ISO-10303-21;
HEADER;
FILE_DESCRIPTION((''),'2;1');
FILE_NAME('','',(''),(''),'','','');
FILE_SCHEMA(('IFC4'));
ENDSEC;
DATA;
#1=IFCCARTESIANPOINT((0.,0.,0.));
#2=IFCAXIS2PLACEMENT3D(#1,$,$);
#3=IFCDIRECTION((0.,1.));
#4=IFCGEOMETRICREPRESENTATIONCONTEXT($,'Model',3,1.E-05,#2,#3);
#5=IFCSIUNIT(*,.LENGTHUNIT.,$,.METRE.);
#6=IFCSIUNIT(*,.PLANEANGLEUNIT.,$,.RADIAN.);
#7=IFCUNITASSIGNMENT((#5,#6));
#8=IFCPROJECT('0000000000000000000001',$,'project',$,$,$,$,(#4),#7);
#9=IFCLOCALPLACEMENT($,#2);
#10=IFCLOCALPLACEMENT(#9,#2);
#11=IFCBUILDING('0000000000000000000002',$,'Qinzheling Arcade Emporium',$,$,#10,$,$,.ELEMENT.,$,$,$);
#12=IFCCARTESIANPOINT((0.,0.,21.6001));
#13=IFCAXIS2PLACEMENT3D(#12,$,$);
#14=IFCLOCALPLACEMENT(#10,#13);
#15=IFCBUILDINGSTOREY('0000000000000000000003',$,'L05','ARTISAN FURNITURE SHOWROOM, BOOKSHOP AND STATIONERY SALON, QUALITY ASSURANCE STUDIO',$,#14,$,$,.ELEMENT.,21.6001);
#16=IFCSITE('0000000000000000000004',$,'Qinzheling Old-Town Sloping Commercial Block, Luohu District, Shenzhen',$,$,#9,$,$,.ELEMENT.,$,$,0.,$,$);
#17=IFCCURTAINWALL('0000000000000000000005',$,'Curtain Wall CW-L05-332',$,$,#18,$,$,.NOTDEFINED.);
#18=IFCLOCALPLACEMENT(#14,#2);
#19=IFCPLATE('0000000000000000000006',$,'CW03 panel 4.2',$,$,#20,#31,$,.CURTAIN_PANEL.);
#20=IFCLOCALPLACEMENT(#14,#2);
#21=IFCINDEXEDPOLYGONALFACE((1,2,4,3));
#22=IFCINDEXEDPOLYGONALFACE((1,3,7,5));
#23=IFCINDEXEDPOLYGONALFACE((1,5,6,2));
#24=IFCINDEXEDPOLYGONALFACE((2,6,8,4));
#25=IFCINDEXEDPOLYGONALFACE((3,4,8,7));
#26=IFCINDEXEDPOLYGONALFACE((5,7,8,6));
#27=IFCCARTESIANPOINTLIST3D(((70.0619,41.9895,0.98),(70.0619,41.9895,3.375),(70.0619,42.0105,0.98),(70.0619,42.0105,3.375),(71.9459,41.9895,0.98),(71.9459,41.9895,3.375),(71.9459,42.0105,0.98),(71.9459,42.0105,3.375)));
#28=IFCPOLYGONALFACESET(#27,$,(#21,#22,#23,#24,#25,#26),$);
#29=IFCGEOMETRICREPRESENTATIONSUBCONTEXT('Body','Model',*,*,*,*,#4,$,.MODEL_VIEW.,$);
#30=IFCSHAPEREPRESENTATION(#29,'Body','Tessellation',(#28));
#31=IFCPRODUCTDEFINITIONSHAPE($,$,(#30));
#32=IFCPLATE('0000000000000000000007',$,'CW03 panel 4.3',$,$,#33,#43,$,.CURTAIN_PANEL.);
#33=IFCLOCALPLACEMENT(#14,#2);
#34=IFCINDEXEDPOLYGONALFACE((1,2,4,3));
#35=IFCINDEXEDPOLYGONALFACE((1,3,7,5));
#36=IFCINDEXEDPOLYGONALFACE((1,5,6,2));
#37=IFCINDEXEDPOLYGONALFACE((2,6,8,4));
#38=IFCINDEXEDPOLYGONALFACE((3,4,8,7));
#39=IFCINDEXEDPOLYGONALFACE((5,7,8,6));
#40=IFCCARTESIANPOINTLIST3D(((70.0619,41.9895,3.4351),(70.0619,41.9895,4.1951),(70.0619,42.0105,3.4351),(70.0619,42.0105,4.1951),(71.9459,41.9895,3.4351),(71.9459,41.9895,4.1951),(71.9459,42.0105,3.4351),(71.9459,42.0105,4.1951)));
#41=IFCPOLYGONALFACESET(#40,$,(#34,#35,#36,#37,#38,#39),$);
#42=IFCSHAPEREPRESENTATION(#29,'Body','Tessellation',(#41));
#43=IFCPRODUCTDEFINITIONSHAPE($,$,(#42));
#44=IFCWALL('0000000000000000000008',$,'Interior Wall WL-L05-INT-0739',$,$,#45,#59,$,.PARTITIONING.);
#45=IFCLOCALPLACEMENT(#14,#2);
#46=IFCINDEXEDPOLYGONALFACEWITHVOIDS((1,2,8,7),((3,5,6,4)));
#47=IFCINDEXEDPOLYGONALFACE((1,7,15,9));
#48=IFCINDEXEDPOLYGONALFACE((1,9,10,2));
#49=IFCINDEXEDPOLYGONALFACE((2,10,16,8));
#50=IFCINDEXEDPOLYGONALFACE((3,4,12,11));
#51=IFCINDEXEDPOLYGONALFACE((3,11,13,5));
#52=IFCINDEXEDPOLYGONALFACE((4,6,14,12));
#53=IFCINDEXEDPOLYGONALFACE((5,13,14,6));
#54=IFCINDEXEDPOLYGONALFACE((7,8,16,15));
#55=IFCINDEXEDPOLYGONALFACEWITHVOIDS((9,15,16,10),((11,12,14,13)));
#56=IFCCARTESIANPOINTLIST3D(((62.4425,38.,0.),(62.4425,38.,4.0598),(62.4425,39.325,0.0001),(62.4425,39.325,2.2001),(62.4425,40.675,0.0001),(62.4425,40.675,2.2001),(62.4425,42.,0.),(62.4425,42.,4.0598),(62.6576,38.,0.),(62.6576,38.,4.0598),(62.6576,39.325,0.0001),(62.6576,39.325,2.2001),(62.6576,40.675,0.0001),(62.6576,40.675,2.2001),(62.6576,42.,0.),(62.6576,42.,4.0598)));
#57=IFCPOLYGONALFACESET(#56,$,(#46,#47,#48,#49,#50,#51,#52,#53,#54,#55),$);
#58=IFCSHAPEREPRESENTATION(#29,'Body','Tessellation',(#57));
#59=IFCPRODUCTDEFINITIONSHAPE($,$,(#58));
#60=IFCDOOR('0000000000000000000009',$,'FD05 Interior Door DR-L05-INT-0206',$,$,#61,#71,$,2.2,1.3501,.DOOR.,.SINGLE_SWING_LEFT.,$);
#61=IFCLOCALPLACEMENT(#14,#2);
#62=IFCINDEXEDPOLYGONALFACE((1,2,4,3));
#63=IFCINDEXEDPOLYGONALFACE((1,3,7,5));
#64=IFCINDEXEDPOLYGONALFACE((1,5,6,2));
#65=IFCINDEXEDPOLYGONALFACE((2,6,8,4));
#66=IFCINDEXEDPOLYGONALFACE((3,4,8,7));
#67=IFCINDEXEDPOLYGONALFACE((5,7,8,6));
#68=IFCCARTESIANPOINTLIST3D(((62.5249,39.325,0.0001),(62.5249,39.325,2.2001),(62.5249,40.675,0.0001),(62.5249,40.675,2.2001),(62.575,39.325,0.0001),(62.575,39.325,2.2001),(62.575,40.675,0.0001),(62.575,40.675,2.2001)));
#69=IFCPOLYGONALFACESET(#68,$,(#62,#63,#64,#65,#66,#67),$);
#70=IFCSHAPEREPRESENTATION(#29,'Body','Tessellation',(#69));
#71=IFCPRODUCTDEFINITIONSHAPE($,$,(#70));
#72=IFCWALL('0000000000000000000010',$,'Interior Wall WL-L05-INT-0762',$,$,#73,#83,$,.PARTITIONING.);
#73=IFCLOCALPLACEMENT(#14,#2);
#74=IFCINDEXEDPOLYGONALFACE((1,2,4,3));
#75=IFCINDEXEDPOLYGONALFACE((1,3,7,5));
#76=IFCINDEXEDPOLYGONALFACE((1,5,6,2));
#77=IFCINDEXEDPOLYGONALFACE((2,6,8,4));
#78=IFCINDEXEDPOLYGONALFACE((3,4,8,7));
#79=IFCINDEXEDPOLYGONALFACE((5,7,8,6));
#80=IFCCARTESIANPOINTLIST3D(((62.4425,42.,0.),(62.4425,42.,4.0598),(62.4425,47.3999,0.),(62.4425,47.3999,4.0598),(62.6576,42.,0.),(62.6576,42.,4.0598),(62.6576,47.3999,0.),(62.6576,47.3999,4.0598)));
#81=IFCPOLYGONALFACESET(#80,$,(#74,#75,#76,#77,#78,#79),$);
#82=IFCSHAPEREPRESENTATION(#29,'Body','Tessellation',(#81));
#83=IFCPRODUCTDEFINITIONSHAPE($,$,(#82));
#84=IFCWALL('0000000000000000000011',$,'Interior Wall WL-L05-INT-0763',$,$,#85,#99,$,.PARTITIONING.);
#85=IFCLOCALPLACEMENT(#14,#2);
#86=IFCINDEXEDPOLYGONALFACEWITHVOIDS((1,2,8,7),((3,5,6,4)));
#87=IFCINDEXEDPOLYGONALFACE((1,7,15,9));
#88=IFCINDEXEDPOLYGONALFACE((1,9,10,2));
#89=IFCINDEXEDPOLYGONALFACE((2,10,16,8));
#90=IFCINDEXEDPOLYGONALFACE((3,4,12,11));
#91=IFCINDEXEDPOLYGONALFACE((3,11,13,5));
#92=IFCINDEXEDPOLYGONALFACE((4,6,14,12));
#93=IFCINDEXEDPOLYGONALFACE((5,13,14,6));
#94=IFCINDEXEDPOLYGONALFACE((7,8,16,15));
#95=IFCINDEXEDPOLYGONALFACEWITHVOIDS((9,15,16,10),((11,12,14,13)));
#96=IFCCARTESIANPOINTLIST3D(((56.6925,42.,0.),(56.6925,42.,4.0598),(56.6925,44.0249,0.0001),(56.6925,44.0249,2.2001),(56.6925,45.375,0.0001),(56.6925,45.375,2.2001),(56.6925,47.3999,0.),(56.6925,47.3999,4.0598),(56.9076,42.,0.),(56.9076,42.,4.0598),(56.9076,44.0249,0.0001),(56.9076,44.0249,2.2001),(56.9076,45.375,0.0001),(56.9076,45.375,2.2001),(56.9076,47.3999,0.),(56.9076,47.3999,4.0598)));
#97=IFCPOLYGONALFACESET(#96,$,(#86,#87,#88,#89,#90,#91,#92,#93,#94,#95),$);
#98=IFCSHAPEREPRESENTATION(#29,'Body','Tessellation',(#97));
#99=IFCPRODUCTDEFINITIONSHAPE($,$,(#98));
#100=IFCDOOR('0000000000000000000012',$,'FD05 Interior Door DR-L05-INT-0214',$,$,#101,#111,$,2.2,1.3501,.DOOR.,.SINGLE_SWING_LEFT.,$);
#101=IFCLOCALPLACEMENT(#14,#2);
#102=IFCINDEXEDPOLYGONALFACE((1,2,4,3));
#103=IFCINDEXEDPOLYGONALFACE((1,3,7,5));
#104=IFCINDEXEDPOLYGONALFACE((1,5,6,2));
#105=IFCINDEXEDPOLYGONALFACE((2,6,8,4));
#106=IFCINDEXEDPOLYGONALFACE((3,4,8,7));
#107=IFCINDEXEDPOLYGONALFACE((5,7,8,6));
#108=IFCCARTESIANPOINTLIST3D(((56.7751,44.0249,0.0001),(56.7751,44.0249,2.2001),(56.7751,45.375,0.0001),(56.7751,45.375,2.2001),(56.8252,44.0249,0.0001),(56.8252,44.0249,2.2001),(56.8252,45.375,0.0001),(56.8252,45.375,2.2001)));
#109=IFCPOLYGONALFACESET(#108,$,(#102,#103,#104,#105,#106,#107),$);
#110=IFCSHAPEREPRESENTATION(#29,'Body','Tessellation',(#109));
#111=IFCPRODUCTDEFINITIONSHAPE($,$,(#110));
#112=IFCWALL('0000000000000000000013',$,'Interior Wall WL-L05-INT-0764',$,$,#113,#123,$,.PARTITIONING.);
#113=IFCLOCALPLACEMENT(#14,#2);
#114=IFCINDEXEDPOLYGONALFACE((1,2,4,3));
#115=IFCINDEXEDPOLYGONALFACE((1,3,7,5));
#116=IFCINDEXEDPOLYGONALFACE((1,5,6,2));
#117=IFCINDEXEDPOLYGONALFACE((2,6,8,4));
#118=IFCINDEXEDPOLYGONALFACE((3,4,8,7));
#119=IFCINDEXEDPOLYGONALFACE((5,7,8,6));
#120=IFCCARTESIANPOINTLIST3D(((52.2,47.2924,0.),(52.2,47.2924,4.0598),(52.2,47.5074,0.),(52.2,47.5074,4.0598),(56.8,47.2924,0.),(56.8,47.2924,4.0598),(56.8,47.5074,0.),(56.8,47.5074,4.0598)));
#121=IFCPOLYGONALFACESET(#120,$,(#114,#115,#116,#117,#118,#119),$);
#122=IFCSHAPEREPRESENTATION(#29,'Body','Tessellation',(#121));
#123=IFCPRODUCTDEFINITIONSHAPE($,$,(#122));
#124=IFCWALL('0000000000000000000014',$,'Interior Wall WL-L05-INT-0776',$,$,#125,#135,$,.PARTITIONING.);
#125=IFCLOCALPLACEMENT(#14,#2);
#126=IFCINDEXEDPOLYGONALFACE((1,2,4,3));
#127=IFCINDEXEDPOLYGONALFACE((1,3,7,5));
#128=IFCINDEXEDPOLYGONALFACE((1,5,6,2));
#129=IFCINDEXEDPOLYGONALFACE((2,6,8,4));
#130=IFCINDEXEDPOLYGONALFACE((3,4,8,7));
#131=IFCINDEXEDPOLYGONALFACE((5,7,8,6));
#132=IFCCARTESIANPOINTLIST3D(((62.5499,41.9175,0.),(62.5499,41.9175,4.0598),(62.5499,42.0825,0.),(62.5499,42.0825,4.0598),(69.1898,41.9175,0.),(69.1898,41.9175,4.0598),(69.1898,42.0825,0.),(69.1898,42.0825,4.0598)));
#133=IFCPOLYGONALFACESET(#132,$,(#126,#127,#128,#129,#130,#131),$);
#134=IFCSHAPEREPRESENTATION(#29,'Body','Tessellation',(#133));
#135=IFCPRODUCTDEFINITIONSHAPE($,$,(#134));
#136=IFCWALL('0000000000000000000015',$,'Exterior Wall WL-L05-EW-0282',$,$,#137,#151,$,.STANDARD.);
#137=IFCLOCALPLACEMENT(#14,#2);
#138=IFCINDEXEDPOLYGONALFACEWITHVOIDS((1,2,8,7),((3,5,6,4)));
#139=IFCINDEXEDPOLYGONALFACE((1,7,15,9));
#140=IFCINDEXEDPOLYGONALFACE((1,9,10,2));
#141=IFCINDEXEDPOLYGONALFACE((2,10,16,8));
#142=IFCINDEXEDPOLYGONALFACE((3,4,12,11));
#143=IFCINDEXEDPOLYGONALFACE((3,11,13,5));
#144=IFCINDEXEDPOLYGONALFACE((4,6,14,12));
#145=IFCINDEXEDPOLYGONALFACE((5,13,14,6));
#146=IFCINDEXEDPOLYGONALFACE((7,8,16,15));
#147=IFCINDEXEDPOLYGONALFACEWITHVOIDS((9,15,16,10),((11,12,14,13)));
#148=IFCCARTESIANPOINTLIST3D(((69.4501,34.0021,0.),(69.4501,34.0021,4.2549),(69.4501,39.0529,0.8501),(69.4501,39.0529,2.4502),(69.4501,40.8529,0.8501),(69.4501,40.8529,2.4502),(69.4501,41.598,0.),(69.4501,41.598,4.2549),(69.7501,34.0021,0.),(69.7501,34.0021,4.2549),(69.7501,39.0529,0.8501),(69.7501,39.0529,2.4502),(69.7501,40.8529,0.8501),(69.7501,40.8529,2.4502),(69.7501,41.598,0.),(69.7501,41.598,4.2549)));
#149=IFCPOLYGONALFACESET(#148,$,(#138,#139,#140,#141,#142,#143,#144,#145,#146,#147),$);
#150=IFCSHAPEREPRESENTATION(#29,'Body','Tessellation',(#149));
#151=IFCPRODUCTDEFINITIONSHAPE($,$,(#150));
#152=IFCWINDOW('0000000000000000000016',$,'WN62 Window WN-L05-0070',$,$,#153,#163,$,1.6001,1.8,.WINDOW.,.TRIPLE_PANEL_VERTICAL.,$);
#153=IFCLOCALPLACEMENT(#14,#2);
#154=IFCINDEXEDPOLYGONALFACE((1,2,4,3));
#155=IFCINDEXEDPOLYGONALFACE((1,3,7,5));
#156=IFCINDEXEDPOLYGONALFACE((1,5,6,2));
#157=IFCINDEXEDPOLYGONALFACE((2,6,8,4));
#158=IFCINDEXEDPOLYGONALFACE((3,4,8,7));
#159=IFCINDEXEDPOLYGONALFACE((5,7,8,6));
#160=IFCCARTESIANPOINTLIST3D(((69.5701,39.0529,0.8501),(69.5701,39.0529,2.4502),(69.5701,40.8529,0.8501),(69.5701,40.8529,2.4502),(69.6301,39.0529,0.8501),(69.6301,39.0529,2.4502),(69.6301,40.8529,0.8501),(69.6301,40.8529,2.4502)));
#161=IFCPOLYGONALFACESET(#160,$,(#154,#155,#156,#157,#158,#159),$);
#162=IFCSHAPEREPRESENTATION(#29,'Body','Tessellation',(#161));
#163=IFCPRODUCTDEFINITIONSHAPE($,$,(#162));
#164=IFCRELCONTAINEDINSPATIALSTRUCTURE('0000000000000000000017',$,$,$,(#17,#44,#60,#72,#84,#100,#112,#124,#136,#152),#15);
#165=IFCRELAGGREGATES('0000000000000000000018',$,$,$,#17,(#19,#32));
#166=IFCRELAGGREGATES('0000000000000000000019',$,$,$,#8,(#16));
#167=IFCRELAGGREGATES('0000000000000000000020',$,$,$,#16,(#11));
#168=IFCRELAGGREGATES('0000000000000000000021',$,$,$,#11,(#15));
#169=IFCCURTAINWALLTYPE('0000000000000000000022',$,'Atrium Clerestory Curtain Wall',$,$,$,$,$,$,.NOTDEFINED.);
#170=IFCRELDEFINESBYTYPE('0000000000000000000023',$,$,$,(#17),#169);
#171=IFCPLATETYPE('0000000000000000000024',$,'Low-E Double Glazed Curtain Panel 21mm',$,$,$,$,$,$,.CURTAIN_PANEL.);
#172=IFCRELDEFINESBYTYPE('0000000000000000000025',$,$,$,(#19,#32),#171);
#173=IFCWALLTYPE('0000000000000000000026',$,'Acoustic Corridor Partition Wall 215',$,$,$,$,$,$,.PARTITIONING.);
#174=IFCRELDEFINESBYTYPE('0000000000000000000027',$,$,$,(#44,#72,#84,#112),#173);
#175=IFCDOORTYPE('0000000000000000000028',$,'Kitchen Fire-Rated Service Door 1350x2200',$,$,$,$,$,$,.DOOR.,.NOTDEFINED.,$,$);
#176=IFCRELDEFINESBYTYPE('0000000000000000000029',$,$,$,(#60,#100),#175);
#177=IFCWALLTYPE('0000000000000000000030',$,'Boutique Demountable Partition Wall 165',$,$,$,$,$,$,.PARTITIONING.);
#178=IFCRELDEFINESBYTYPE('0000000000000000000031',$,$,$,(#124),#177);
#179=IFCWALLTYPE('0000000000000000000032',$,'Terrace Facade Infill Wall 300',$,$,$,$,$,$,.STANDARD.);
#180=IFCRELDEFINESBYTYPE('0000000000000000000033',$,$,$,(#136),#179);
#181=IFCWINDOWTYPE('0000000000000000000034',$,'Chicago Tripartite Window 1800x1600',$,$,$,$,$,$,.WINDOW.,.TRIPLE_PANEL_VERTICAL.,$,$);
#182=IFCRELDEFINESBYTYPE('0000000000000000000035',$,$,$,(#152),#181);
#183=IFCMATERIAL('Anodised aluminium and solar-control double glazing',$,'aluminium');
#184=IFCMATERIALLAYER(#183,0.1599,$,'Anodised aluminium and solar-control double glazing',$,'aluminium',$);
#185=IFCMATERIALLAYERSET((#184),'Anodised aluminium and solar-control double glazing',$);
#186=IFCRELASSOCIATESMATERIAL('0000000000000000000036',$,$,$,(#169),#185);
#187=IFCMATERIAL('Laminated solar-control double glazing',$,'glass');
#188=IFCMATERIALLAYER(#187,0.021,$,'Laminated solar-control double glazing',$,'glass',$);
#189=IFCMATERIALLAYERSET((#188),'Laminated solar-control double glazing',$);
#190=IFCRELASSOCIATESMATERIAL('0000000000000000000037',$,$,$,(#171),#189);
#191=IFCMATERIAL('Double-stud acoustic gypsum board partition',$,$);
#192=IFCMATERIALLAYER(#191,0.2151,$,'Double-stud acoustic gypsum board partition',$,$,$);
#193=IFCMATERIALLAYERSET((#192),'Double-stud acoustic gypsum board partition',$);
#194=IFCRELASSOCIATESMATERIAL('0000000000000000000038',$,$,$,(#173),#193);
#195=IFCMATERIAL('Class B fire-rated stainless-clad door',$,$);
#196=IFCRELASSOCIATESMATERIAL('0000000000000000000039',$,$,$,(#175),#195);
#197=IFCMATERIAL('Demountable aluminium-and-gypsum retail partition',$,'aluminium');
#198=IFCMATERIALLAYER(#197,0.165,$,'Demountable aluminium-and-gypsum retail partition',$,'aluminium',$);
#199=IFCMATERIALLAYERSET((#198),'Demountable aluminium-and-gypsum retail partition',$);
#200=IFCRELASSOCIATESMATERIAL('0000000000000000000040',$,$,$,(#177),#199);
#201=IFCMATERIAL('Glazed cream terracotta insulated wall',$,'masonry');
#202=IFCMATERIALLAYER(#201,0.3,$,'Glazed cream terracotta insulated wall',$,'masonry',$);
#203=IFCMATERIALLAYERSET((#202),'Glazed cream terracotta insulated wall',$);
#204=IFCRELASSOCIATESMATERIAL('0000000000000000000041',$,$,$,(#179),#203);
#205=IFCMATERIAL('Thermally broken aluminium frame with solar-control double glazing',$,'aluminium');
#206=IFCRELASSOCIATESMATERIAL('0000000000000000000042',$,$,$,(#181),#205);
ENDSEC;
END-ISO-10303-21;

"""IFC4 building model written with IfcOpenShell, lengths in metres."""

from ifc_helpers import new_model, si_unit, direction, frame, frame_2d, origin, origin_2d, place, context, subcontext, project, spatial, rectangle, extrude, material, layer, layer_set, type_object, element, fill, aggregate, save


model = new_model("IFC4")

# Units and contexts
model_context = context("Model", 3, precision=1e-05, world=origin(), true_north=direction((0.0, 1.0)))
body_context = subcontext(model_context, "Body", "Model", "MODEL_VIEW")
ifc_project = project(units=[si_unit("LENGTHUNIT", "METRE"), si_unit("PLANEANGLEUNIT", "RADIAN")], contexts=[model_context])

# Site, building, storey
site_placement = place(None, origin())
site = spatial("IfcSite", under=ifc_project, at=site_placement, Name="Qinzheling Old-Town Sloping Commercial Block, Luohu District, Shenzhen", CompositionType="ELEMENT", RefElevation=0.0)
building_placement = place(site_placement, origin())
building = spatial("IfcBuilding", under=site, at=building_placement, Name="Qinzheling Arcade Emporium", CompositionType="ELEMENT")
storey_placement = place(building_placement, frame((0.0, 0.0, 21.6001)))
storey = spatial("IfcBuildingStorey", under=building, at=storey_placement, Name="L05", Description="ARTISAN FURNITURE SHOWROOM, BOOKSHOP AND STATIONERY SALON, QUALITY ASSURANCE STUDIO", CompositionType="ELEMENT", Elevation=21.6001)

# Curtain wall
ifc_material_1 = material(Name="Anodised aluminium and solar-control double glazing", Category="aluminium")
ifc_layer_1 = layer(ifc_material_1, 0.1599, Name="Anodised aluminium and solar-control double glazing", Category="aluminium")
ifc_layer_set_1 = layer_set([ifc_layer_1], Name="Anodised aluminium and solar-control double glazing")
curtain_wall_type = type_object("IfcCurtainWallType", Name="Atrium Clerestory Curtain Wall", PredefinedType="NOTDEFINED", material=ifc_layer_set_1)
curtain_wall_placement = place(storey_placement, origin())
curtain_wall = element("IfcCurtainWall", 1, at=curtain_wall_placement, inside=storey, type_object=curtain_wall_type, Name="Curtain Wall CW-L05-332", PredefinedType="NOTDEFINED")

# Plates
ifc_material_2 = material(Name="Laminated solar-control double glazing", Category="glass")
ifc_layer_2 = layer(ifc_material_2, 0.021, Name="Laminated solar-control double glazing", Category="glass")
ifc_layer_set_2 = layer_set([ifc_layer_2], Name="Laminated solar-control double glazing")
plate_type = type_object("IfcPlateType", Name="Low-E Double Glazed Curtain Panel 21mm", PredefinedType="CURTAIN_PANEL", material=ifc_layer_set_2)
plate_1_placement = place(storey_placement, frame((71.0039, 42.0, 0.98), z_axis=(0.0, 0.0, 1.0), x_axis=(-1.0, 0.0, 0.0)))
plate_1 = element("IfcPlate", 2, at=plate_1_placement, type_object=plate_type, Name="CW03 panel 4.2", PredefinedType="CURTAIN_PANEL", context=body_context, shape_type="SweptSolid", body=[
    extrude(rectangle(XDim=1.884, YDim=0.021, at=origin_2d()), origin(), (0.0, 0.0, 1.0), 2.395),
])
plate_2_placement = place(storey_placement, frame((71.0039, 42.0, 3.4351), z_axis=(0.0, 0.0, 1.0), x_axis=(-1.0, 0.0, 0.0)))
plate_2 = element("IfcPlate", 3, at=plate_2_placement, type_object=plate_type, Name="CW03 panel 4.3", PredefinedType="CURTAIN_PANEL", context=body_context, shape_type="SweptSolid", body=[
    extrude(rectangle(XDim=1.884, YDim=0.021, at=origin_2d()), origin(), (0.0, 0.0, 1.0), 0.76),
])
aggregate(curtain_wall, [plate_1, plate_2])

# Wall, opening, door
ifc_material_3 = material(Name="Double-stud acoustic gypsum board partition")
ifc_layer_3 = layer(ifc_material_3, 0.2151, Name="Double-stud acoustic gypsum board partition")
ifc_layer_set_3 = layer_set([ifc_layer_3], Name="Double-stud acoustic gypsum board partition")
wall_type_1 = type_object("IfcWallType", Name="Acoustic Corridor Partition Wall 215", PredefinedType="PARTITIONING", material=ifc_layer_set_3)
wall_1_placement = place(storey_placement, frame((62.55, 42.0, 0.0), z_axis=(0.0, 0.0, 1.0), x_axis=(0.0, -1.0, 0.0)))
wall_1 = element("IfcWall", 4, at=wall_1_placement, inside=storey, type_object=wall_type_1, Name="Interior Wall WL-L05-INT-0739", PredefinedType="PARTITIONING", context=body_context, shape_type="SweptSolid", body=[
    extrude(rectangle(XDim=4.0, YDim=0.2151, at=frame_2d((2.0, 0.0))), origin(), (0.0, 0.0, 1.0), 4.0598),
])
opening_1_placement = place(wall_1_placement, frame((1.325, 0.0, 0.0)))
opening_1 = element("IfcOpeningElement", 5, at=opening_1_placement, cuts=wall_1, PredefinedType="OPENING", context=body_context, shape_type="SweptSolid", body=[
    extrude(rectangle(XDim=1.3501, YDim=2.2, at=frame_2d((0.675, 1.1001))), frame((0.0, 0.1177, 0.0), z_axis=(0.0, -1.0, 0.0), x_axis=(1.0, 0.0, 0.0)), (0.0, 0.0, 1.0), 0.2351),
])
ifc_material_4 = material(Name="Class B fire-rated stainless-clad door")
door_type = type_object("IfcDoorType", Name="Kitchen Fire-Rated Service Door 1350x2200", OperationType="NOTDEFINED", PredefinedType="DOOR", material=ifc_material_4)
door_1_placement = place(opening_1_placement, origin())
door_1 = element("IfcDoor", 6, at=door_1_placement, inside=storey, type_object=door_type, Name="FD05 Interior Door DR-L05-INT-0206", OperationType="SINGLE_SWING_LEFT", OverallHeight=2.2, OverallWidth=1.3501, PredefinedType="DOOR", context=body_context, shape_type="SweptSolid", body=[
    extrude(rectangle(XDim=1.3501, YDim=2.2, at=frame_2d((0.675, 1.1001))), frame((0.0, 0.0249, 0.0), z_axis=(0.0, -1.0, 0.0), x_axis=(1.0, 0.0, 0.0)), (0.0, 0.0, 1.0), 0.05),
])
fill(opening_1, door_1)

# Wall
wall_2_placement = place(storey_placement, frame((62.55, 47.3999, 0.0), z_axis=(0.0, 0.0, 1.0), x_axis=(0.0, -1.0, 0.0)))
element("IfcWall", 7, at=wall_2_placement, inside=storey, type_object=wall_type_1, Name="Interior Wall WL-L05-INT-0762", PredefinedType="PARTITIONING", context=body_context, shape_type="SweptSolid", body=[
    extrude(rectangle(XDim=5.3999, YDim=0.2151, at=frame_2d((2.7, 0.0))), origin(), (0.0, 0.0, 1.0), 4.0598),
])

# Wall, opening, door
wall_3_placement = place(storey_placement, frame((56.8, 42.0, 0.0), z_axis=(0.0, 0.0, 1.0), x_axis=(0.0, 1.0, 0.0)))
wall_3 = element("IfcWall", 8, at=wall_3_placement, inside=storey, type_object=wall_type_1, Name="Interior Wall WL-L05-INT-0763", PredefinedType="PARTITIONING", context=body_context, shape_type="SweptSolid", body=[
    extrude(rectangle(XDim=5.3999, YDim=0.2151, at=frame_2d((2.7, 0.0))), origin(), (0.0, 0.0, 1.0), 4.0598),
])
opening_2_placement = place(wall_3_placement, frame((2.0249, 0.0, 0.0)))
opening_2 = element("IfcOpeningElement", 9, at=opening_2_placement, cuts=wall_3, PredefinedType="OPENING", context=body_context, shape_type="SweptSolid", body=[
    extrude(rectangle(XDim=1.3501, YDim=2.2, at=frame_2d((0.675, 1.1001))), frame((0.0, 0.1177, 0.0), z_axis=(0.0, -1.0, 0.0), x_axis=(1.0, 0.0, 0.0)), (0.0, 0.0, 1.0), 0.2351),
])
door_2_placement = place(opening_2_placement, origin())
door_2 = element("IfcDoor", 10, at=door_2_placement, inside=storey, type_object=door_type, Name="FD05 Interior Door DR-L05-INT-0214", OperationType="SINGLE_SWING_LEFT", OverallHeight=2.2, OverallWidth=1.3501, PredefinedType="DOOR", context=body_context, shape_type="SweptSolid", body=[
    extrude(rectangle(XDim=1.3501, YDim=2.2, at=frame_2d((0.675, 1.1001))), frame((0.0, 0.0249, 0.0), z_axis=(0.0, -1.0, 0.0), x_axis=(1.0, 0.0, 0.0)), (0.0, 0.0, 1.0), 0.05),
])
fill(opening_2, door_2)

# Walls
wall_4_placement = place(storey_placement, frame((56.8, 47.3999, 0.0), z_axis=(0.0, 0.0, 1.0), x_axis=(-1.0, 0.0, 0.0)))
element("IfcWall", 11, at=wall_4_placement, inside=storey, type_object=wall_type_1, Name="Interior Wall WL-L05-INT-0764", PredefinedType="PARTITIONING", context=body_context, shape_type="SweptSolid", body=[
    extrude(rectangle(XDim=4.6001, YDim=0.2151, at=frame_2d((2.3, 0.0))), origin(), (0.0, 0.0, 1.0), 4.0598),
])
ifc_material_5 = material(Name="Demountable aluminium-and-gypsum retail partition", Category="aluminium")
ifc_layer_4 = layer(ifc_material_5, 0.165, Name="Demountable aluminium-and-gypsum retail partition", Category="aluminium")
ifc_layer_set_4 = layer_set([ifc_layer_4], Name="Demountable aluminium-and-gypsum retail partition")
wall_type_2 = type_object("IfcWallType", Name="Boutique Demountable Partition Wall 165", PredefinedType="PARTITIONING", material=ifc_layer_set_4)
wall_5_placement = place(storey_placement, frame((62.55, 42.0, 0.0), z_axis=(0.0, 0.0, 1.0), x_axis=(1.0, 0.0, 0.0)))
element("IfcWall", 12, at=wall_5_placement, inside=storey, type_object=wall_type_2, Name="Interior Wall WL-L05-INT-0776", PredefinedType="PARTITIONING", context=body_context, shape_type="SweptSolid", body=[
    extrude(rectangle(XDim=6.6399, YDim=0.165, at=frame_2d((3.3198, 0.0))), origin(), (0.0, 0.0, 1.0), 4.0598),
])

# Wall, opening, window
ifc_material_6 = material(Name="Glazed cream terracotta insulated wall", Category="masonry")
ifc_layer_5 = layer(ifc_material_6, 0.3, Name="Glazed cream terracotta insulated wall", Category="masonry")
ifc_layer_set_5 = layer_set([ifc_layer_5], Name="Glazed cream terracotta insulated wall")
wall_type_3 = type_object("IfcWallType", Name="Terrace Facade Infill Wall 300", PredefinedType="STANDARD", material=ifc_layer_set_5)
wall_6_placement = place(storey_placement, frame((69.6001, 41.5979, 0.0), z_axis=(0.0, 0.0, 1.0), x_axis=(0.0, -1.0, 0.0)))
wall_6 = element("IfcWall", 13, at=wall_6_placement, inside=storey, type_object=wall_type_3, Name="Exterior Wall WL-L05-EW-0282", PredefinedType="STANDARD", context=body_context, shape_type="SweptSolid", body=[
    extrude(rectangle(XDim=7.5959, YDim=0.3, at=frame_2d((3.7979, 0.0))), origin(), (0.0, 0.0, 1.0), 4.2549),
])
opening_3_placement = place(wall_6_placement, frame((0.7451, 0.0, 0.8501)))
opening_3 = element("IfcOpeningElement", 14, at=opening_3_placement, cuts=wall_6, PredefinedType="OPENING", context=body_context, shape_type="SweptSolid", body=[
    extrude(rectangle(XDim=1.8, YDim=1.6001, at=frame_2d((0.8999, 0.8))), frame((0.0, 0.1602, 0.0), z_axis=(0.0, -1.0, 0.0), x_axis=(1.0, 0.0, 0.0)), (0.0, 0.0, 1.0), 0.3201),
])
ifc_material_7 = material(Name="Thermally broken aluminium frame with solar-control double glazing", Category="aluminium")
window_type = type_object("IfcWindowType", Name="Chicago Tripartite Window 1800x1600", PartitioningType="TRIPLE_PANEL_VERTICAL", PredefinedType="WINDOW", material=ifc_material_7)
window_placement = place(opening_3_placement, origin())
window = element("IfcWindow", 15, at=window_placement, inside=storey, type_object=window_type, Name="WN62 Window WN-L05-0070", OverallHeight=1.6001, OverallWidth=1.8, PartitioningType="TRIPLE_PANEL_VERTICAL", PredefinedType="WINDOW", context=body_context, shape_type="SweptSolid", body=[
    extrude(rectangle(XDim=1.8, YDim=1.6001, at=frame_2d((0.8999, 0.8))), frame((0.0, 0.03, 0.0), z_axis=(0.0, -1.0, 0.0), x_axis=(1.0, 0.0, 0.0)), (0.0, 0.0, 1.0), 0.0601),
])
fill(opening_3, window)

save(model, "model.ifc")
